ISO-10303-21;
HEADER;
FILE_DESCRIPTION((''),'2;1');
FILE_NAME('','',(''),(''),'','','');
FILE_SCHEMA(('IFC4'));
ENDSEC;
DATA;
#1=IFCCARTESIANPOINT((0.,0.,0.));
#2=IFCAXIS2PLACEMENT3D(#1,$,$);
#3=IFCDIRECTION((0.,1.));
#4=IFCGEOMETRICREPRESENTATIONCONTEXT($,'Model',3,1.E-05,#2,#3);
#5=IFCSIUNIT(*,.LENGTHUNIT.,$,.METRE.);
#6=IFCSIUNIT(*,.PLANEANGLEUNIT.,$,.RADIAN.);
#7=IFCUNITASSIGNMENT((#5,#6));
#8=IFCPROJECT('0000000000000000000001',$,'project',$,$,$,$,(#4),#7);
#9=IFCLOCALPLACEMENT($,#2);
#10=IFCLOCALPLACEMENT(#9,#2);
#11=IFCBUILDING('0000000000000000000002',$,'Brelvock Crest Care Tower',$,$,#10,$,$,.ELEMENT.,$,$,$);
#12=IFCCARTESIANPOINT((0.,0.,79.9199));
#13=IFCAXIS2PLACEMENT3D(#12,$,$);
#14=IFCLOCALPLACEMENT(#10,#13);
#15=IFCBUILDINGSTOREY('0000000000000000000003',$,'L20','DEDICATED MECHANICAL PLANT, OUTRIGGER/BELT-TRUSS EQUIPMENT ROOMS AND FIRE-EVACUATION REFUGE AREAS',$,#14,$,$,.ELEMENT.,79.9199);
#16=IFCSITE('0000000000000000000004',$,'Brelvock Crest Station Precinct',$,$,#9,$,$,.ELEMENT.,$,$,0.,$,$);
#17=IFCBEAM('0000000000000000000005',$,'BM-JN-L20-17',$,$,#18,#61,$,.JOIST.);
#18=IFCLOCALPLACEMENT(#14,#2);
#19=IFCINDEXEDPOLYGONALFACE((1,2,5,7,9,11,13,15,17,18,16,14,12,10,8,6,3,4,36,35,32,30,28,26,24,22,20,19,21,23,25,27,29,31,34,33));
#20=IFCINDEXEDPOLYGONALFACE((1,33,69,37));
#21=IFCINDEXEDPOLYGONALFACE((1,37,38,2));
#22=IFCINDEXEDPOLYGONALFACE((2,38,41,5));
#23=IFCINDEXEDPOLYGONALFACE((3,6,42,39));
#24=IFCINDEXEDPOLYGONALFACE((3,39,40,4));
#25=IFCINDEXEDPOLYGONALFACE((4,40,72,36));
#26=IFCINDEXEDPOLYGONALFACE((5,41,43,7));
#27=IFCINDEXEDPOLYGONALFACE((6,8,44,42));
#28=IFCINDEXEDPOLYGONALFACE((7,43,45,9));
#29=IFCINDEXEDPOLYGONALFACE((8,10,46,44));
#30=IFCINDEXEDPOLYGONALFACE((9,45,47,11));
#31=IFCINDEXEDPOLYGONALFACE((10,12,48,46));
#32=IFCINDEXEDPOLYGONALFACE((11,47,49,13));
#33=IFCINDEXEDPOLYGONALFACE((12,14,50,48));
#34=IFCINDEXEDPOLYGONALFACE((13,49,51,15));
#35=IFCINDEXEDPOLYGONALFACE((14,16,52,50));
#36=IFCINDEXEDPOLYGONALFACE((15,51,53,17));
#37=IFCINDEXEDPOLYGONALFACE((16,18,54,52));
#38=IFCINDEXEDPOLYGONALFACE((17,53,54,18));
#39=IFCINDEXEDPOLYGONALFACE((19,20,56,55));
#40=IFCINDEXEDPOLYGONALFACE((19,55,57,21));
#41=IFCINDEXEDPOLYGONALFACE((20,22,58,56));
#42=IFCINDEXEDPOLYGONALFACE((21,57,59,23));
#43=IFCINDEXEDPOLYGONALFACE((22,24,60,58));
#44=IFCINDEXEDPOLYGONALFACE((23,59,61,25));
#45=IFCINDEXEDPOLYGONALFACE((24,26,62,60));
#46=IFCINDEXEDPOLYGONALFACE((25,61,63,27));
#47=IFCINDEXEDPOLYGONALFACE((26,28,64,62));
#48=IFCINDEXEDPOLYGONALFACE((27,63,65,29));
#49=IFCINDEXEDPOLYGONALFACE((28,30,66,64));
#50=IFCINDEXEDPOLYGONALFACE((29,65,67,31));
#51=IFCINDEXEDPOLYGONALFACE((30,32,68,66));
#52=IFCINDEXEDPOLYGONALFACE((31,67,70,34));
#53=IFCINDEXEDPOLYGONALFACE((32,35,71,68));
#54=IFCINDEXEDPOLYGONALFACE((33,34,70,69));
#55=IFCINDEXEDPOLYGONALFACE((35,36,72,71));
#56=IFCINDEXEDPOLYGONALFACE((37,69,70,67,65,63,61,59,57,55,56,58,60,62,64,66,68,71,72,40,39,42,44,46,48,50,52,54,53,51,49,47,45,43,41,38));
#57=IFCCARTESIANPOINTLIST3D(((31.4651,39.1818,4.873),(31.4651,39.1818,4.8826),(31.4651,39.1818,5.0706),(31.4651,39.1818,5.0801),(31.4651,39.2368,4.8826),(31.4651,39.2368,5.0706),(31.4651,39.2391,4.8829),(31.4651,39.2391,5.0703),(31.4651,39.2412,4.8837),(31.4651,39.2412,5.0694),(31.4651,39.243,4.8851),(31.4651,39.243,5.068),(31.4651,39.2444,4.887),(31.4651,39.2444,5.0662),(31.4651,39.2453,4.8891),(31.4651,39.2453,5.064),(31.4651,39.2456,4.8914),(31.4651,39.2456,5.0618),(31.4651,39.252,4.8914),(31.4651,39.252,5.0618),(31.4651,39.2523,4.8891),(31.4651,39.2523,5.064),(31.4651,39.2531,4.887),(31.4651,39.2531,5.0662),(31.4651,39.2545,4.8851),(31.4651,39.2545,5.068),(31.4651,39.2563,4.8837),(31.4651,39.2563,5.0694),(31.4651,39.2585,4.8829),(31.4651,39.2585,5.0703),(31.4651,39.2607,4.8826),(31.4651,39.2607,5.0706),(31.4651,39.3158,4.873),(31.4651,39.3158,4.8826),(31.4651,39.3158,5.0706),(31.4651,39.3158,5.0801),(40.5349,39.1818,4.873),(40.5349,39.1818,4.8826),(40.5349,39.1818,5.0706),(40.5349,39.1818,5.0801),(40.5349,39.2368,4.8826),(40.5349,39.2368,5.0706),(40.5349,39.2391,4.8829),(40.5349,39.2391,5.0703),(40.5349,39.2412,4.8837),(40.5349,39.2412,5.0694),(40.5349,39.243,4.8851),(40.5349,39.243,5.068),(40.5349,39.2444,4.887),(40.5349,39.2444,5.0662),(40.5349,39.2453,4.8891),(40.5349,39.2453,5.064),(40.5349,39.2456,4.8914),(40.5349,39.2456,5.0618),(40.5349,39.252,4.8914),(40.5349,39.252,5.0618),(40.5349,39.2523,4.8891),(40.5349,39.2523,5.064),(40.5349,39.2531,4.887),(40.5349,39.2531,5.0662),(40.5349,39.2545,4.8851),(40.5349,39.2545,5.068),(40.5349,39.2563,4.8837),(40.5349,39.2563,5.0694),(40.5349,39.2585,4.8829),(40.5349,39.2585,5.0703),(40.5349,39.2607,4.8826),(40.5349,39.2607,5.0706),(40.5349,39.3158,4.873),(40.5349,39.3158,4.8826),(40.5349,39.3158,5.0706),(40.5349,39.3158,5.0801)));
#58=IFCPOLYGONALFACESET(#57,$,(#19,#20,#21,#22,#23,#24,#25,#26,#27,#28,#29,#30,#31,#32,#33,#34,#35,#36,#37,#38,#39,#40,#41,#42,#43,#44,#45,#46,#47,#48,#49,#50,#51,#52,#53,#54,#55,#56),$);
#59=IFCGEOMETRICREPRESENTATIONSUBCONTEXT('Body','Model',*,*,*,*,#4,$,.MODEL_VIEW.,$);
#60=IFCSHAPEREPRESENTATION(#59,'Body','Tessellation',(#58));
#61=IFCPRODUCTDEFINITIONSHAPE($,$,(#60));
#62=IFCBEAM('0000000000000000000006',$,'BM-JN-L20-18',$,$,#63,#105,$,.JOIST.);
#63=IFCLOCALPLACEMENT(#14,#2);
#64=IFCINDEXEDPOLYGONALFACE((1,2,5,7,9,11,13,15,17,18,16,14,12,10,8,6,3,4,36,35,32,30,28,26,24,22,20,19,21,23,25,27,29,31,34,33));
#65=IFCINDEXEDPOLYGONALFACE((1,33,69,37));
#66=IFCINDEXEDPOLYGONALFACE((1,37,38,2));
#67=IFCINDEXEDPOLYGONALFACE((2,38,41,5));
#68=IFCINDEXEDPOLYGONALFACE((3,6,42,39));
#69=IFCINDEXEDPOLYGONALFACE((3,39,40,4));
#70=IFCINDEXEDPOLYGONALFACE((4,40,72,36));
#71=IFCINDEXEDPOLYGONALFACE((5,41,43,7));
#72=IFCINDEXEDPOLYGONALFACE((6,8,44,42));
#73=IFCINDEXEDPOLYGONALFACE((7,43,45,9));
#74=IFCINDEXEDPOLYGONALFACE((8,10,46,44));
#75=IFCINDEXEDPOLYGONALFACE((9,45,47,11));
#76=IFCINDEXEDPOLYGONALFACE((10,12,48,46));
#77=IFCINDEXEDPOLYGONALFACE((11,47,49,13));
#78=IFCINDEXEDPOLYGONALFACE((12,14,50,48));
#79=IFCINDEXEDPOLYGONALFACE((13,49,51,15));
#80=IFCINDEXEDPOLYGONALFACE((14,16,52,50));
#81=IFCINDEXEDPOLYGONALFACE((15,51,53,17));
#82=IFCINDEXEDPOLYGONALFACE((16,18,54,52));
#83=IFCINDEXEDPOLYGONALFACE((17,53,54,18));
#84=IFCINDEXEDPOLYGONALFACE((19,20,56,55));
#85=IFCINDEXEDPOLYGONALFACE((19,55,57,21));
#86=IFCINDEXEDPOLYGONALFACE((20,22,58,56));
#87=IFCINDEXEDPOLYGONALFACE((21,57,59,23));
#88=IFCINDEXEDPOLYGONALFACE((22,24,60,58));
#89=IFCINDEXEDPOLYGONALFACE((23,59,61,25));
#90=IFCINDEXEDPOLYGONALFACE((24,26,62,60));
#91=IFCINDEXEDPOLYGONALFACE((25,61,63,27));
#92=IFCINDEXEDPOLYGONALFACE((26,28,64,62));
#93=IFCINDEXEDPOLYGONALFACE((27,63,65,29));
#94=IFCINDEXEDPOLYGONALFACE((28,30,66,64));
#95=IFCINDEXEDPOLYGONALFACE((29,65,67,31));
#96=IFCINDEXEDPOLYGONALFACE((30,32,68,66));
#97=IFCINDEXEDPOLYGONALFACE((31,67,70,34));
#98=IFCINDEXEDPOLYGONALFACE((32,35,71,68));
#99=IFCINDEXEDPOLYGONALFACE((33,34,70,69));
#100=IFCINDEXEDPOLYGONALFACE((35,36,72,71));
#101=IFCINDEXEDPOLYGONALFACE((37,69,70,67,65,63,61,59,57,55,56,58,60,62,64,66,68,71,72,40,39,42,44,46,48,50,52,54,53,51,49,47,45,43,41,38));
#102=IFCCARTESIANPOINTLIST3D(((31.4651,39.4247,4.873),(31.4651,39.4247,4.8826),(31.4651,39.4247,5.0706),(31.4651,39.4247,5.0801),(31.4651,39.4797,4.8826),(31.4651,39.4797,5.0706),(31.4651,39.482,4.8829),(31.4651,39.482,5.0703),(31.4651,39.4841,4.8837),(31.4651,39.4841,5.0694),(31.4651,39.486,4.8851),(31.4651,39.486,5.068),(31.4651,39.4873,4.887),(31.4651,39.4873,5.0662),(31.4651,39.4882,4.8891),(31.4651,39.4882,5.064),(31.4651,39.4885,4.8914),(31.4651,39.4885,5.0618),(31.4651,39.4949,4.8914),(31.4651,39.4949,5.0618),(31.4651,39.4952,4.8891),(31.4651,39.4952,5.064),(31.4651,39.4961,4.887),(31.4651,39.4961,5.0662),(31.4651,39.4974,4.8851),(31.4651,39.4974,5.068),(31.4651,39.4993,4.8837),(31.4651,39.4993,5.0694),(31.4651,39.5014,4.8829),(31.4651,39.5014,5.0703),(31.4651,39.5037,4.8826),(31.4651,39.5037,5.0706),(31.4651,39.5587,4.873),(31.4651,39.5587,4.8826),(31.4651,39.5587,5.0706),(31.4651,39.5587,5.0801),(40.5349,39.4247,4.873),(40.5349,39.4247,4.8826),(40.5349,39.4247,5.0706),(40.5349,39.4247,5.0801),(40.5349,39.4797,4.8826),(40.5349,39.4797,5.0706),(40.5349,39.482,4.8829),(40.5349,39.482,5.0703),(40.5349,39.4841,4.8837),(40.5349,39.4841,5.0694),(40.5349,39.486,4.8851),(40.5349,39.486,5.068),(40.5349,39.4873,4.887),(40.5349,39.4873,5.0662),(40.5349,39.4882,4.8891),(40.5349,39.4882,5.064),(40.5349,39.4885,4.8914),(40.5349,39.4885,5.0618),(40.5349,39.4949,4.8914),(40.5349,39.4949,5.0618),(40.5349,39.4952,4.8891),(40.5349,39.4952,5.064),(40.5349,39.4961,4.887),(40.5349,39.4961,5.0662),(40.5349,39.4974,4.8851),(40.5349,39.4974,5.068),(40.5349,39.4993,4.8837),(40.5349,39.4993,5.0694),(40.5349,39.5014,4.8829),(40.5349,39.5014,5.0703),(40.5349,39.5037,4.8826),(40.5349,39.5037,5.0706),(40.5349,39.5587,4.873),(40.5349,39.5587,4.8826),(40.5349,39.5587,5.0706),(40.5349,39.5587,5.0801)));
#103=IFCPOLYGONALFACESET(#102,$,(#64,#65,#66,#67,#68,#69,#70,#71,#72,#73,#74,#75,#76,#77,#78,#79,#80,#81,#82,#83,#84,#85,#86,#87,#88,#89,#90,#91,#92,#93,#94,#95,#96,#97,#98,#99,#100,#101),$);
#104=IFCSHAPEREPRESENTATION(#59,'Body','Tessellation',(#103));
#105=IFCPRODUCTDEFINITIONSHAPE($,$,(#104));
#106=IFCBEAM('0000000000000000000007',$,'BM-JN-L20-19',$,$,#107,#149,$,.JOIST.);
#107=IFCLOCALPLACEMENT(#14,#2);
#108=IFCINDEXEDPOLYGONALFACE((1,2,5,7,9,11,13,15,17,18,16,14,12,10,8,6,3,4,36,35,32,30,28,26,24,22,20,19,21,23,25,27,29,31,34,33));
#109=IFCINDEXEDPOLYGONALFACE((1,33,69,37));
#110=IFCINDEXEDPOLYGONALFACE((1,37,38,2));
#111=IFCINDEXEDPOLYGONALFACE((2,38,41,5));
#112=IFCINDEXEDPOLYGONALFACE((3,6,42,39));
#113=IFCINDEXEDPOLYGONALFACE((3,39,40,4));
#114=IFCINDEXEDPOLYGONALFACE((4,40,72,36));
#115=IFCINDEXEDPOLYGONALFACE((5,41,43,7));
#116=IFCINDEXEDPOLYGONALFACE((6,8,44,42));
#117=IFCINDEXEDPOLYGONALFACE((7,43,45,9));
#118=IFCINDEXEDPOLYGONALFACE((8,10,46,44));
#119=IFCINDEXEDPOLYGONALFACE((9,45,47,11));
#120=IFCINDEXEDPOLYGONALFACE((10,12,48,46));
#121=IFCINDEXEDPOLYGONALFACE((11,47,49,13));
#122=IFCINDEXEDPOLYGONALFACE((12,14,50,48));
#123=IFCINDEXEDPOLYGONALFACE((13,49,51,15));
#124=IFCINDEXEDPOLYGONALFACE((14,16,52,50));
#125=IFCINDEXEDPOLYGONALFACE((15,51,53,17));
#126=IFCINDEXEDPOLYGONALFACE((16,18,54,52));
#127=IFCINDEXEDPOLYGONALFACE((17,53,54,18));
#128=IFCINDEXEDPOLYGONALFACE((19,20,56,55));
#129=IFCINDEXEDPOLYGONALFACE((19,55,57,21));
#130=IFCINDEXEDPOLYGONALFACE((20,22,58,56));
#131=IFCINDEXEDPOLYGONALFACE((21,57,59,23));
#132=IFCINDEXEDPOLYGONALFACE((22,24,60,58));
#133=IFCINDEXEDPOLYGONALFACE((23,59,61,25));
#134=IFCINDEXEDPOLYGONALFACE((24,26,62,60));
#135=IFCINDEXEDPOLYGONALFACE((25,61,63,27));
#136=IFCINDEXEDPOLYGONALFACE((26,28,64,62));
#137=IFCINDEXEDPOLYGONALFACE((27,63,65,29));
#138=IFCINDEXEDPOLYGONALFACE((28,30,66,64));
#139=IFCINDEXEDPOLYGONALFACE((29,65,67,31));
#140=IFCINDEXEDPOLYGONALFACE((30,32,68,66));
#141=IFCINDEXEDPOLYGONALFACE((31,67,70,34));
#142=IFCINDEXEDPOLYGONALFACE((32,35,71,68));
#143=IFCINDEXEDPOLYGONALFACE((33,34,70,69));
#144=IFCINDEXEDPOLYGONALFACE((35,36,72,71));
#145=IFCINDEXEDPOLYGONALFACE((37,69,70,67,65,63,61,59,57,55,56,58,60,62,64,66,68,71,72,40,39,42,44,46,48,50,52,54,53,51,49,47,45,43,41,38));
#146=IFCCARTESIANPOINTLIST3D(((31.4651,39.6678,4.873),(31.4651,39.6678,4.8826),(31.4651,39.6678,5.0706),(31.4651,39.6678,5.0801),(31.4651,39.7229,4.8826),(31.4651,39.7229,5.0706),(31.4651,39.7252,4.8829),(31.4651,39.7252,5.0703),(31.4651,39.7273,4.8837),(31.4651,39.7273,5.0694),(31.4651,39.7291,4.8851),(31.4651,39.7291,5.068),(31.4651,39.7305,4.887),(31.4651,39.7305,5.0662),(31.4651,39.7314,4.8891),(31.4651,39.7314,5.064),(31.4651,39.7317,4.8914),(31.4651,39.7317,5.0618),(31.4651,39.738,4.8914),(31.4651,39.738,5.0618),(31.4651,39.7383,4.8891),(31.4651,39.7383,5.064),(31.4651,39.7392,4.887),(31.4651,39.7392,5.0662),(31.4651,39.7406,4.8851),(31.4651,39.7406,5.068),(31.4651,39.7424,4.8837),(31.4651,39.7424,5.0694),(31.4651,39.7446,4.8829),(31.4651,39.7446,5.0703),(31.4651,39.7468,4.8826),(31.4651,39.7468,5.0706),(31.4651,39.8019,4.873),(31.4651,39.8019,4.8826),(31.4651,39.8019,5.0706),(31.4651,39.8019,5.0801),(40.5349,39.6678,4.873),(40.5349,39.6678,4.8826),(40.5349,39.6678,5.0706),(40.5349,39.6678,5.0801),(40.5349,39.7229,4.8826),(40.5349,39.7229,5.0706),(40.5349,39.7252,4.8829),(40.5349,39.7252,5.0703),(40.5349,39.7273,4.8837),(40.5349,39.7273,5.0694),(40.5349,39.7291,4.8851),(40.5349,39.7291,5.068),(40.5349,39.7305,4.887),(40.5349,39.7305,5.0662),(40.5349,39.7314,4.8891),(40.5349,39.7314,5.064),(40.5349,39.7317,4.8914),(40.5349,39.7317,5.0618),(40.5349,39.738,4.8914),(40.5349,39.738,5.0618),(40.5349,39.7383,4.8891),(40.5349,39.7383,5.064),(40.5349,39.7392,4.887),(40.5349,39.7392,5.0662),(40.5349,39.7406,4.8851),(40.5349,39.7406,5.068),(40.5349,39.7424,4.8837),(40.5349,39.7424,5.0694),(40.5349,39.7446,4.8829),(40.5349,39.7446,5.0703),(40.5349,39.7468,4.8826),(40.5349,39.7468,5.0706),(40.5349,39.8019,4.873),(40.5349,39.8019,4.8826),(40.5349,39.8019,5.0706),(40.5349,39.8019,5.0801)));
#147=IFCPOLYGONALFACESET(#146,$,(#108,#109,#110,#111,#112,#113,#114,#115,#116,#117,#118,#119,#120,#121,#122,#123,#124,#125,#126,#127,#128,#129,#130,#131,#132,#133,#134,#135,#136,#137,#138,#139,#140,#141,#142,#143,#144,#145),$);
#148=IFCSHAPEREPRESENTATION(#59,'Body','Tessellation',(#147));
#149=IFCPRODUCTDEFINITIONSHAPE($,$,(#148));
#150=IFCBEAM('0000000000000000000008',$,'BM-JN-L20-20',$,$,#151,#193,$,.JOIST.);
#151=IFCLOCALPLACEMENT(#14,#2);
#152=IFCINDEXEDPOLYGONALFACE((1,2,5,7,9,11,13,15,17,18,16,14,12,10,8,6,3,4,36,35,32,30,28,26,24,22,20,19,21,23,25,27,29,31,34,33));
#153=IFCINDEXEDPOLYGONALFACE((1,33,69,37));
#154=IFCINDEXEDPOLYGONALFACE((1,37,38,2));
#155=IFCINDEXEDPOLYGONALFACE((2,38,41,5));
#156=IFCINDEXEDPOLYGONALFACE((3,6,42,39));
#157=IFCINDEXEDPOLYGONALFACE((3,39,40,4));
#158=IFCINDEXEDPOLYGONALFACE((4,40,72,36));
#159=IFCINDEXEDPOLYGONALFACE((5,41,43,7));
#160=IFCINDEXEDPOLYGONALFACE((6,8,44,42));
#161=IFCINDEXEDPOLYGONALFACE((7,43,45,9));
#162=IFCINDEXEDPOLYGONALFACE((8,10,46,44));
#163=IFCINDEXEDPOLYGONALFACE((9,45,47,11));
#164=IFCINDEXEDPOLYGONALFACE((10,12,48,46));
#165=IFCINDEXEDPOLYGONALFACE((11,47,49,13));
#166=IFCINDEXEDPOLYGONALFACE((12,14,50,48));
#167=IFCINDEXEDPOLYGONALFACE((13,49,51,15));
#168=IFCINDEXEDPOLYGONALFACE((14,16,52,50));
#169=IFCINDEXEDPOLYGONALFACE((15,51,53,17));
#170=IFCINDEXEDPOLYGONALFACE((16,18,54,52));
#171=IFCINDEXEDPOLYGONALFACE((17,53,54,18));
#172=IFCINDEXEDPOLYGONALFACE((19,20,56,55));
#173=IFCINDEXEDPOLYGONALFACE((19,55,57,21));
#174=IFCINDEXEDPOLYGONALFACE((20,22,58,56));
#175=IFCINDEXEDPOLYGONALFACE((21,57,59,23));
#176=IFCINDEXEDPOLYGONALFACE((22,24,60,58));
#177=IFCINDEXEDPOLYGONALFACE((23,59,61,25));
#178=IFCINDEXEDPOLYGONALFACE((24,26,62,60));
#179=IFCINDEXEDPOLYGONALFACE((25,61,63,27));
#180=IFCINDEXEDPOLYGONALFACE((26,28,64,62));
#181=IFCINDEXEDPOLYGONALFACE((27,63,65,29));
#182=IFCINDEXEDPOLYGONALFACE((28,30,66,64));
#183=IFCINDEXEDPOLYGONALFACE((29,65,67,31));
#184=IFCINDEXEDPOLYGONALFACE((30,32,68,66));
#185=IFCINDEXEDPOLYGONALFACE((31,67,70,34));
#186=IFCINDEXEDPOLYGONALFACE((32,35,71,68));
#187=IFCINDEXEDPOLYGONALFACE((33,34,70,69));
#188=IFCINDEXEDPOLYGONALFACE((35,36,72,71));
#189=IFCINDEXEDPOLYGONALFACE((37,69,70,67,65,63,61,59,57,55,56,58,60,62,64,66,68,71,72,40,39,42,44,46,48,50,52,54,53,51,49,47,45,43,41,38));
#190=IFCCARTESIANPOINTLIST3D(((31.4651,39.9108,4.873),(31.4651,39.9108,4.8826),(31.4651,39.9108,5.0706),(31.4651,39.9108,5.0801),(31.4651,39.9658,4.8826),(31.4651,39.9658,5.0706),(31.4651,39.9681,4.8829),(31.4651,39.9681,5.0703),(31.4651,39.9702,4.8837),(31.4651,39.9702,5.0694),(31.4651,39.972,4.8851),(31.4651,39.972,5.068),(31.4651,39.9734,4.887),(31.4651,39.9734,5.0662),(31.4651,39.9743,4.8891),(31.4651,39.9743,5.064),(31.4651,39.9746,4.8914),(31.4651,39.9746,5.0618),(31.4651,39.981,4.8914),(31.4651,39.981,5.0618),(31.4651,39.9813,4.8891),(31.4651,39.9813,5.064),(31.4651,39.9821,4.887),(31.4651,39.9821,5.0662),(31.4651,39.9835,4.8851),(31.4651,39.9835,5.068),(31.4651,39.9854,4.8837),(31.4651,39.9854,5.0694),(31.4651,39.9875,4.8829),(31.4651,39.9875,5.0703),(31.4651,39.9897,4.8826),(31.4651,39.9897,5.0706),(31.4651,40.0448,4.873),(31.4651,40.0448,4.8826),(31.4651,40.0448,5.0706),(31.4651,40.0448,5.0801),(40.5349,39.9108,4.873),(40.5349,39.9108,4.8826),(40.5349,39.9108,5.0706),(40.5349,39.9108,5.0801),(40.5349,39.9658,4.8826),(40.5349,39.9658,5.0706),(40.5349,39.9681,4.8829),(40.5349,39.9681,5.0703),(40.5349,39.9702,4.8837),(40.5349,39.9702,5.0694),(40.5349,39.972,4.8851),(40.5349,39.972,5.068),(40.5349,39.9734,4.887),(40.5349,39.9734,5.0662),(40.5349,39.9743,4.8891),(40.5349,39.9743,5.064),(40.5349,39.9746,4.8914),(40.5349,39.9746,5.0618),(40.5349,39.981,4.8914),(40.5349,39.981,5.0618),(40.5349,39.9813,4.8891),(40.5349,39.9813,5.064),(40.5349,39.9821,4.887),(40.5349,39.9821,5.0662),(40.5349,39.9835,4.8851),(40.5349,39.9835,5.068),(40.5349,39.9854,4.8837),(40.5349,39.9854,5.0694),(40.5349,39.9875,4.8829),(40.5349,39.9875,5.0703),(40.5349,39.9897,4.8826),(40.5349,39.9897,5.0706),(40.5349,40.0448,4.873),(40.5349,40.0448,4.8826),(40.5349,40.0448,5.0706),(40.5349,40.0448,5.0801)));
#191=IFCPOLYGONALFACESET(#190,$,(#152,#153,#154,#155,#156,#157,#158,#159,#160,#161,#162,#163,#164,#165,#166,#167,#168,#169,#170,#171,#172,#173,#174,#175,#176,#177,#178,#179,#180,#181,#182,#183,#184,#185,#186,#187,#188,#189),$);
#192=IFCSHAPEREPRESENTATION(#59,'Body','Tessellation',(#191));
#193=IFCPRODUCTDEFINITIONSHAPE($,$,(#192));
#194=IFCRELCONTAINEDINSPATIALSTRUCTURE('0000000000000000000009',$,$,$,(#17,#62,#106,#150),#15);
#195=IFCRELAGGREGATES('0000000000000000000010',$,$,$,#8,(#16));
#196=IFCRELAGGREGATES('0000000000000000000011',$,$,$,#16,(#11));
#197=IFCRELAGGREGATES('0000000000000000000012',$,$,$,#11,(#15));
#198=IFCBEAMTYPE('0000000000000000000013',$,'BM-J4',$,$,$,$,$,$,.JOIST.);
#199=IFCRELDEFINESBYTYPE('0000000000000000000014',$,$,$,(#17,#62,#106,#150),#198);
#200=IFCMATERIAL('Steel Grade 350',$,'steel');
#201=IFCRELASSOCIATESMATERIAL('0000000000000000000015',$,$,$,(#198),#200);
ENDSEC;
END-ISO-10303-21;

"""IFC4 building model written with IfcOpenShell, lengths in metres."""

from ifc_helpers import new_model, si_unit, direction, frame, origin, origin_2d, place, context, subcontext, project, spatial, i_section, extrude, source, transform, mapped, material, material_profile, profile_set, type_object, element, save


model = new_model("IFC4")

# Units and contexts
model_context = context("Model", 3, precision=1e-05, world=origin(), true_north=direction((0.0, 1.0)))
body_context = subcontext(model_context, "Body", "Model", "MODEL_VIEW")
ifc_project = project(units=[si_unit("LENGTHUNIT", "METRE"), si_unit("PLANEANGLEUNIT", "RADIAN")], contexts=[model_context])

# Site, building, storey
site_placement = place(None, origin())
site = spatial("IfcSite", under=ifc_project, at=site_placement, Name="Brelvock Crest Station Precinct", CompositionType="ELEMENT", RefElevation=0.0)
building_placement = place(site_placement, origin())
building = spatial("IfcBuilding", under=site, at=building_placement, Name="Brelvock Crest Care Tower", CompositionType="ELEMENT")
storey_placement = place(building_placement, frame((0.0, 0.0, 79.9199)))
storey = spatial("IfcBuildingStorey", under=building, at=storey_placement, Name="L20", Description="DEDICATED MECHANICAL PLANT, OUTRIGGER/BELT-TRUSS EQUIPMENT ROOMS AND FIRE-EVACUATION REFUGE AREAS", CompositionType="ELEMENT", Elevation=79.9199)

# Beams
ifc_material_1 = material(Name="Steel Grade 350", Category="steel")
ifc_material_profile_1 = material_profile(ifc_material_1, i_section(OverallWidth=0.134, OverallDepth=0.207, WebThickness=0.0063, FlangeThickness=0.0095, FilletRadius=0.0088, at=origin_2d()), Name="200UB29.8")
ifc_profile_set_1 = profile_set([ifc_material_profile_1], Name="Steel Grade 350")
beam_type_1 = type_object("IfcBeamType", Name="BM-J4", PredefinedType="JOIST", material=ifc_profile_set_1)
shared_shape_1 = source(origin(), body_context, "Body", "SweptSolid", [
    extrude(i_section(OverallWidth=0.134, OverallDepth=0.207, WebThickness=0.0063, FlangeThickness=0.0095, FilletRadius=0.0088, at=origin_2d()), origin(), (0.0, 0.0, 1.0), 9.0698),
])
for number, where, z_axis, x_axis, name in (
    (1, (31.4651, 39.2488, 4.9766), (1.0, 0.0, 0.0), (0.0, 1.0, 0.0), "BM-JN-L20-17"),
    (2, (31.4651, 39.4917, 4.9766), (1.0, 0.0, 0.0), (0.0, 1.0, 0.0), "BM-JN-L20-18"),
    (3, (31.4651, 39.7349, 4.9766), (1.0, 0.0, 0.0), (0.0, 1.0, 0.0), "BM-JN-L20-19"),
    (4, (31.4651, 39.9778, 4.9766), (1.0, 0.0, 0.0), (0.0, 1.0, 0.0), "BM-JN-L20-20"),
):
    element("IfcBeam", number, at=place(storey_placement, frame(where, z_axis=z_axis, x_axis=x_axis)), inside=storey, type_object=beam_type_1, Name=name, PredefinedType="JOIST", context=body_context, shape_type="MappedRepresentation", body=[
        mapped(shared_shape_1, transform((0.0, 0.0, 0.0), x_axis=(1.0, 0.0, 0.0), y_axis=(0.0, 1.0, 0.0), z_axis=(0.0, 0.0, 1.0), scale=1.0)),
    ])

save(model, "model.ifc")
